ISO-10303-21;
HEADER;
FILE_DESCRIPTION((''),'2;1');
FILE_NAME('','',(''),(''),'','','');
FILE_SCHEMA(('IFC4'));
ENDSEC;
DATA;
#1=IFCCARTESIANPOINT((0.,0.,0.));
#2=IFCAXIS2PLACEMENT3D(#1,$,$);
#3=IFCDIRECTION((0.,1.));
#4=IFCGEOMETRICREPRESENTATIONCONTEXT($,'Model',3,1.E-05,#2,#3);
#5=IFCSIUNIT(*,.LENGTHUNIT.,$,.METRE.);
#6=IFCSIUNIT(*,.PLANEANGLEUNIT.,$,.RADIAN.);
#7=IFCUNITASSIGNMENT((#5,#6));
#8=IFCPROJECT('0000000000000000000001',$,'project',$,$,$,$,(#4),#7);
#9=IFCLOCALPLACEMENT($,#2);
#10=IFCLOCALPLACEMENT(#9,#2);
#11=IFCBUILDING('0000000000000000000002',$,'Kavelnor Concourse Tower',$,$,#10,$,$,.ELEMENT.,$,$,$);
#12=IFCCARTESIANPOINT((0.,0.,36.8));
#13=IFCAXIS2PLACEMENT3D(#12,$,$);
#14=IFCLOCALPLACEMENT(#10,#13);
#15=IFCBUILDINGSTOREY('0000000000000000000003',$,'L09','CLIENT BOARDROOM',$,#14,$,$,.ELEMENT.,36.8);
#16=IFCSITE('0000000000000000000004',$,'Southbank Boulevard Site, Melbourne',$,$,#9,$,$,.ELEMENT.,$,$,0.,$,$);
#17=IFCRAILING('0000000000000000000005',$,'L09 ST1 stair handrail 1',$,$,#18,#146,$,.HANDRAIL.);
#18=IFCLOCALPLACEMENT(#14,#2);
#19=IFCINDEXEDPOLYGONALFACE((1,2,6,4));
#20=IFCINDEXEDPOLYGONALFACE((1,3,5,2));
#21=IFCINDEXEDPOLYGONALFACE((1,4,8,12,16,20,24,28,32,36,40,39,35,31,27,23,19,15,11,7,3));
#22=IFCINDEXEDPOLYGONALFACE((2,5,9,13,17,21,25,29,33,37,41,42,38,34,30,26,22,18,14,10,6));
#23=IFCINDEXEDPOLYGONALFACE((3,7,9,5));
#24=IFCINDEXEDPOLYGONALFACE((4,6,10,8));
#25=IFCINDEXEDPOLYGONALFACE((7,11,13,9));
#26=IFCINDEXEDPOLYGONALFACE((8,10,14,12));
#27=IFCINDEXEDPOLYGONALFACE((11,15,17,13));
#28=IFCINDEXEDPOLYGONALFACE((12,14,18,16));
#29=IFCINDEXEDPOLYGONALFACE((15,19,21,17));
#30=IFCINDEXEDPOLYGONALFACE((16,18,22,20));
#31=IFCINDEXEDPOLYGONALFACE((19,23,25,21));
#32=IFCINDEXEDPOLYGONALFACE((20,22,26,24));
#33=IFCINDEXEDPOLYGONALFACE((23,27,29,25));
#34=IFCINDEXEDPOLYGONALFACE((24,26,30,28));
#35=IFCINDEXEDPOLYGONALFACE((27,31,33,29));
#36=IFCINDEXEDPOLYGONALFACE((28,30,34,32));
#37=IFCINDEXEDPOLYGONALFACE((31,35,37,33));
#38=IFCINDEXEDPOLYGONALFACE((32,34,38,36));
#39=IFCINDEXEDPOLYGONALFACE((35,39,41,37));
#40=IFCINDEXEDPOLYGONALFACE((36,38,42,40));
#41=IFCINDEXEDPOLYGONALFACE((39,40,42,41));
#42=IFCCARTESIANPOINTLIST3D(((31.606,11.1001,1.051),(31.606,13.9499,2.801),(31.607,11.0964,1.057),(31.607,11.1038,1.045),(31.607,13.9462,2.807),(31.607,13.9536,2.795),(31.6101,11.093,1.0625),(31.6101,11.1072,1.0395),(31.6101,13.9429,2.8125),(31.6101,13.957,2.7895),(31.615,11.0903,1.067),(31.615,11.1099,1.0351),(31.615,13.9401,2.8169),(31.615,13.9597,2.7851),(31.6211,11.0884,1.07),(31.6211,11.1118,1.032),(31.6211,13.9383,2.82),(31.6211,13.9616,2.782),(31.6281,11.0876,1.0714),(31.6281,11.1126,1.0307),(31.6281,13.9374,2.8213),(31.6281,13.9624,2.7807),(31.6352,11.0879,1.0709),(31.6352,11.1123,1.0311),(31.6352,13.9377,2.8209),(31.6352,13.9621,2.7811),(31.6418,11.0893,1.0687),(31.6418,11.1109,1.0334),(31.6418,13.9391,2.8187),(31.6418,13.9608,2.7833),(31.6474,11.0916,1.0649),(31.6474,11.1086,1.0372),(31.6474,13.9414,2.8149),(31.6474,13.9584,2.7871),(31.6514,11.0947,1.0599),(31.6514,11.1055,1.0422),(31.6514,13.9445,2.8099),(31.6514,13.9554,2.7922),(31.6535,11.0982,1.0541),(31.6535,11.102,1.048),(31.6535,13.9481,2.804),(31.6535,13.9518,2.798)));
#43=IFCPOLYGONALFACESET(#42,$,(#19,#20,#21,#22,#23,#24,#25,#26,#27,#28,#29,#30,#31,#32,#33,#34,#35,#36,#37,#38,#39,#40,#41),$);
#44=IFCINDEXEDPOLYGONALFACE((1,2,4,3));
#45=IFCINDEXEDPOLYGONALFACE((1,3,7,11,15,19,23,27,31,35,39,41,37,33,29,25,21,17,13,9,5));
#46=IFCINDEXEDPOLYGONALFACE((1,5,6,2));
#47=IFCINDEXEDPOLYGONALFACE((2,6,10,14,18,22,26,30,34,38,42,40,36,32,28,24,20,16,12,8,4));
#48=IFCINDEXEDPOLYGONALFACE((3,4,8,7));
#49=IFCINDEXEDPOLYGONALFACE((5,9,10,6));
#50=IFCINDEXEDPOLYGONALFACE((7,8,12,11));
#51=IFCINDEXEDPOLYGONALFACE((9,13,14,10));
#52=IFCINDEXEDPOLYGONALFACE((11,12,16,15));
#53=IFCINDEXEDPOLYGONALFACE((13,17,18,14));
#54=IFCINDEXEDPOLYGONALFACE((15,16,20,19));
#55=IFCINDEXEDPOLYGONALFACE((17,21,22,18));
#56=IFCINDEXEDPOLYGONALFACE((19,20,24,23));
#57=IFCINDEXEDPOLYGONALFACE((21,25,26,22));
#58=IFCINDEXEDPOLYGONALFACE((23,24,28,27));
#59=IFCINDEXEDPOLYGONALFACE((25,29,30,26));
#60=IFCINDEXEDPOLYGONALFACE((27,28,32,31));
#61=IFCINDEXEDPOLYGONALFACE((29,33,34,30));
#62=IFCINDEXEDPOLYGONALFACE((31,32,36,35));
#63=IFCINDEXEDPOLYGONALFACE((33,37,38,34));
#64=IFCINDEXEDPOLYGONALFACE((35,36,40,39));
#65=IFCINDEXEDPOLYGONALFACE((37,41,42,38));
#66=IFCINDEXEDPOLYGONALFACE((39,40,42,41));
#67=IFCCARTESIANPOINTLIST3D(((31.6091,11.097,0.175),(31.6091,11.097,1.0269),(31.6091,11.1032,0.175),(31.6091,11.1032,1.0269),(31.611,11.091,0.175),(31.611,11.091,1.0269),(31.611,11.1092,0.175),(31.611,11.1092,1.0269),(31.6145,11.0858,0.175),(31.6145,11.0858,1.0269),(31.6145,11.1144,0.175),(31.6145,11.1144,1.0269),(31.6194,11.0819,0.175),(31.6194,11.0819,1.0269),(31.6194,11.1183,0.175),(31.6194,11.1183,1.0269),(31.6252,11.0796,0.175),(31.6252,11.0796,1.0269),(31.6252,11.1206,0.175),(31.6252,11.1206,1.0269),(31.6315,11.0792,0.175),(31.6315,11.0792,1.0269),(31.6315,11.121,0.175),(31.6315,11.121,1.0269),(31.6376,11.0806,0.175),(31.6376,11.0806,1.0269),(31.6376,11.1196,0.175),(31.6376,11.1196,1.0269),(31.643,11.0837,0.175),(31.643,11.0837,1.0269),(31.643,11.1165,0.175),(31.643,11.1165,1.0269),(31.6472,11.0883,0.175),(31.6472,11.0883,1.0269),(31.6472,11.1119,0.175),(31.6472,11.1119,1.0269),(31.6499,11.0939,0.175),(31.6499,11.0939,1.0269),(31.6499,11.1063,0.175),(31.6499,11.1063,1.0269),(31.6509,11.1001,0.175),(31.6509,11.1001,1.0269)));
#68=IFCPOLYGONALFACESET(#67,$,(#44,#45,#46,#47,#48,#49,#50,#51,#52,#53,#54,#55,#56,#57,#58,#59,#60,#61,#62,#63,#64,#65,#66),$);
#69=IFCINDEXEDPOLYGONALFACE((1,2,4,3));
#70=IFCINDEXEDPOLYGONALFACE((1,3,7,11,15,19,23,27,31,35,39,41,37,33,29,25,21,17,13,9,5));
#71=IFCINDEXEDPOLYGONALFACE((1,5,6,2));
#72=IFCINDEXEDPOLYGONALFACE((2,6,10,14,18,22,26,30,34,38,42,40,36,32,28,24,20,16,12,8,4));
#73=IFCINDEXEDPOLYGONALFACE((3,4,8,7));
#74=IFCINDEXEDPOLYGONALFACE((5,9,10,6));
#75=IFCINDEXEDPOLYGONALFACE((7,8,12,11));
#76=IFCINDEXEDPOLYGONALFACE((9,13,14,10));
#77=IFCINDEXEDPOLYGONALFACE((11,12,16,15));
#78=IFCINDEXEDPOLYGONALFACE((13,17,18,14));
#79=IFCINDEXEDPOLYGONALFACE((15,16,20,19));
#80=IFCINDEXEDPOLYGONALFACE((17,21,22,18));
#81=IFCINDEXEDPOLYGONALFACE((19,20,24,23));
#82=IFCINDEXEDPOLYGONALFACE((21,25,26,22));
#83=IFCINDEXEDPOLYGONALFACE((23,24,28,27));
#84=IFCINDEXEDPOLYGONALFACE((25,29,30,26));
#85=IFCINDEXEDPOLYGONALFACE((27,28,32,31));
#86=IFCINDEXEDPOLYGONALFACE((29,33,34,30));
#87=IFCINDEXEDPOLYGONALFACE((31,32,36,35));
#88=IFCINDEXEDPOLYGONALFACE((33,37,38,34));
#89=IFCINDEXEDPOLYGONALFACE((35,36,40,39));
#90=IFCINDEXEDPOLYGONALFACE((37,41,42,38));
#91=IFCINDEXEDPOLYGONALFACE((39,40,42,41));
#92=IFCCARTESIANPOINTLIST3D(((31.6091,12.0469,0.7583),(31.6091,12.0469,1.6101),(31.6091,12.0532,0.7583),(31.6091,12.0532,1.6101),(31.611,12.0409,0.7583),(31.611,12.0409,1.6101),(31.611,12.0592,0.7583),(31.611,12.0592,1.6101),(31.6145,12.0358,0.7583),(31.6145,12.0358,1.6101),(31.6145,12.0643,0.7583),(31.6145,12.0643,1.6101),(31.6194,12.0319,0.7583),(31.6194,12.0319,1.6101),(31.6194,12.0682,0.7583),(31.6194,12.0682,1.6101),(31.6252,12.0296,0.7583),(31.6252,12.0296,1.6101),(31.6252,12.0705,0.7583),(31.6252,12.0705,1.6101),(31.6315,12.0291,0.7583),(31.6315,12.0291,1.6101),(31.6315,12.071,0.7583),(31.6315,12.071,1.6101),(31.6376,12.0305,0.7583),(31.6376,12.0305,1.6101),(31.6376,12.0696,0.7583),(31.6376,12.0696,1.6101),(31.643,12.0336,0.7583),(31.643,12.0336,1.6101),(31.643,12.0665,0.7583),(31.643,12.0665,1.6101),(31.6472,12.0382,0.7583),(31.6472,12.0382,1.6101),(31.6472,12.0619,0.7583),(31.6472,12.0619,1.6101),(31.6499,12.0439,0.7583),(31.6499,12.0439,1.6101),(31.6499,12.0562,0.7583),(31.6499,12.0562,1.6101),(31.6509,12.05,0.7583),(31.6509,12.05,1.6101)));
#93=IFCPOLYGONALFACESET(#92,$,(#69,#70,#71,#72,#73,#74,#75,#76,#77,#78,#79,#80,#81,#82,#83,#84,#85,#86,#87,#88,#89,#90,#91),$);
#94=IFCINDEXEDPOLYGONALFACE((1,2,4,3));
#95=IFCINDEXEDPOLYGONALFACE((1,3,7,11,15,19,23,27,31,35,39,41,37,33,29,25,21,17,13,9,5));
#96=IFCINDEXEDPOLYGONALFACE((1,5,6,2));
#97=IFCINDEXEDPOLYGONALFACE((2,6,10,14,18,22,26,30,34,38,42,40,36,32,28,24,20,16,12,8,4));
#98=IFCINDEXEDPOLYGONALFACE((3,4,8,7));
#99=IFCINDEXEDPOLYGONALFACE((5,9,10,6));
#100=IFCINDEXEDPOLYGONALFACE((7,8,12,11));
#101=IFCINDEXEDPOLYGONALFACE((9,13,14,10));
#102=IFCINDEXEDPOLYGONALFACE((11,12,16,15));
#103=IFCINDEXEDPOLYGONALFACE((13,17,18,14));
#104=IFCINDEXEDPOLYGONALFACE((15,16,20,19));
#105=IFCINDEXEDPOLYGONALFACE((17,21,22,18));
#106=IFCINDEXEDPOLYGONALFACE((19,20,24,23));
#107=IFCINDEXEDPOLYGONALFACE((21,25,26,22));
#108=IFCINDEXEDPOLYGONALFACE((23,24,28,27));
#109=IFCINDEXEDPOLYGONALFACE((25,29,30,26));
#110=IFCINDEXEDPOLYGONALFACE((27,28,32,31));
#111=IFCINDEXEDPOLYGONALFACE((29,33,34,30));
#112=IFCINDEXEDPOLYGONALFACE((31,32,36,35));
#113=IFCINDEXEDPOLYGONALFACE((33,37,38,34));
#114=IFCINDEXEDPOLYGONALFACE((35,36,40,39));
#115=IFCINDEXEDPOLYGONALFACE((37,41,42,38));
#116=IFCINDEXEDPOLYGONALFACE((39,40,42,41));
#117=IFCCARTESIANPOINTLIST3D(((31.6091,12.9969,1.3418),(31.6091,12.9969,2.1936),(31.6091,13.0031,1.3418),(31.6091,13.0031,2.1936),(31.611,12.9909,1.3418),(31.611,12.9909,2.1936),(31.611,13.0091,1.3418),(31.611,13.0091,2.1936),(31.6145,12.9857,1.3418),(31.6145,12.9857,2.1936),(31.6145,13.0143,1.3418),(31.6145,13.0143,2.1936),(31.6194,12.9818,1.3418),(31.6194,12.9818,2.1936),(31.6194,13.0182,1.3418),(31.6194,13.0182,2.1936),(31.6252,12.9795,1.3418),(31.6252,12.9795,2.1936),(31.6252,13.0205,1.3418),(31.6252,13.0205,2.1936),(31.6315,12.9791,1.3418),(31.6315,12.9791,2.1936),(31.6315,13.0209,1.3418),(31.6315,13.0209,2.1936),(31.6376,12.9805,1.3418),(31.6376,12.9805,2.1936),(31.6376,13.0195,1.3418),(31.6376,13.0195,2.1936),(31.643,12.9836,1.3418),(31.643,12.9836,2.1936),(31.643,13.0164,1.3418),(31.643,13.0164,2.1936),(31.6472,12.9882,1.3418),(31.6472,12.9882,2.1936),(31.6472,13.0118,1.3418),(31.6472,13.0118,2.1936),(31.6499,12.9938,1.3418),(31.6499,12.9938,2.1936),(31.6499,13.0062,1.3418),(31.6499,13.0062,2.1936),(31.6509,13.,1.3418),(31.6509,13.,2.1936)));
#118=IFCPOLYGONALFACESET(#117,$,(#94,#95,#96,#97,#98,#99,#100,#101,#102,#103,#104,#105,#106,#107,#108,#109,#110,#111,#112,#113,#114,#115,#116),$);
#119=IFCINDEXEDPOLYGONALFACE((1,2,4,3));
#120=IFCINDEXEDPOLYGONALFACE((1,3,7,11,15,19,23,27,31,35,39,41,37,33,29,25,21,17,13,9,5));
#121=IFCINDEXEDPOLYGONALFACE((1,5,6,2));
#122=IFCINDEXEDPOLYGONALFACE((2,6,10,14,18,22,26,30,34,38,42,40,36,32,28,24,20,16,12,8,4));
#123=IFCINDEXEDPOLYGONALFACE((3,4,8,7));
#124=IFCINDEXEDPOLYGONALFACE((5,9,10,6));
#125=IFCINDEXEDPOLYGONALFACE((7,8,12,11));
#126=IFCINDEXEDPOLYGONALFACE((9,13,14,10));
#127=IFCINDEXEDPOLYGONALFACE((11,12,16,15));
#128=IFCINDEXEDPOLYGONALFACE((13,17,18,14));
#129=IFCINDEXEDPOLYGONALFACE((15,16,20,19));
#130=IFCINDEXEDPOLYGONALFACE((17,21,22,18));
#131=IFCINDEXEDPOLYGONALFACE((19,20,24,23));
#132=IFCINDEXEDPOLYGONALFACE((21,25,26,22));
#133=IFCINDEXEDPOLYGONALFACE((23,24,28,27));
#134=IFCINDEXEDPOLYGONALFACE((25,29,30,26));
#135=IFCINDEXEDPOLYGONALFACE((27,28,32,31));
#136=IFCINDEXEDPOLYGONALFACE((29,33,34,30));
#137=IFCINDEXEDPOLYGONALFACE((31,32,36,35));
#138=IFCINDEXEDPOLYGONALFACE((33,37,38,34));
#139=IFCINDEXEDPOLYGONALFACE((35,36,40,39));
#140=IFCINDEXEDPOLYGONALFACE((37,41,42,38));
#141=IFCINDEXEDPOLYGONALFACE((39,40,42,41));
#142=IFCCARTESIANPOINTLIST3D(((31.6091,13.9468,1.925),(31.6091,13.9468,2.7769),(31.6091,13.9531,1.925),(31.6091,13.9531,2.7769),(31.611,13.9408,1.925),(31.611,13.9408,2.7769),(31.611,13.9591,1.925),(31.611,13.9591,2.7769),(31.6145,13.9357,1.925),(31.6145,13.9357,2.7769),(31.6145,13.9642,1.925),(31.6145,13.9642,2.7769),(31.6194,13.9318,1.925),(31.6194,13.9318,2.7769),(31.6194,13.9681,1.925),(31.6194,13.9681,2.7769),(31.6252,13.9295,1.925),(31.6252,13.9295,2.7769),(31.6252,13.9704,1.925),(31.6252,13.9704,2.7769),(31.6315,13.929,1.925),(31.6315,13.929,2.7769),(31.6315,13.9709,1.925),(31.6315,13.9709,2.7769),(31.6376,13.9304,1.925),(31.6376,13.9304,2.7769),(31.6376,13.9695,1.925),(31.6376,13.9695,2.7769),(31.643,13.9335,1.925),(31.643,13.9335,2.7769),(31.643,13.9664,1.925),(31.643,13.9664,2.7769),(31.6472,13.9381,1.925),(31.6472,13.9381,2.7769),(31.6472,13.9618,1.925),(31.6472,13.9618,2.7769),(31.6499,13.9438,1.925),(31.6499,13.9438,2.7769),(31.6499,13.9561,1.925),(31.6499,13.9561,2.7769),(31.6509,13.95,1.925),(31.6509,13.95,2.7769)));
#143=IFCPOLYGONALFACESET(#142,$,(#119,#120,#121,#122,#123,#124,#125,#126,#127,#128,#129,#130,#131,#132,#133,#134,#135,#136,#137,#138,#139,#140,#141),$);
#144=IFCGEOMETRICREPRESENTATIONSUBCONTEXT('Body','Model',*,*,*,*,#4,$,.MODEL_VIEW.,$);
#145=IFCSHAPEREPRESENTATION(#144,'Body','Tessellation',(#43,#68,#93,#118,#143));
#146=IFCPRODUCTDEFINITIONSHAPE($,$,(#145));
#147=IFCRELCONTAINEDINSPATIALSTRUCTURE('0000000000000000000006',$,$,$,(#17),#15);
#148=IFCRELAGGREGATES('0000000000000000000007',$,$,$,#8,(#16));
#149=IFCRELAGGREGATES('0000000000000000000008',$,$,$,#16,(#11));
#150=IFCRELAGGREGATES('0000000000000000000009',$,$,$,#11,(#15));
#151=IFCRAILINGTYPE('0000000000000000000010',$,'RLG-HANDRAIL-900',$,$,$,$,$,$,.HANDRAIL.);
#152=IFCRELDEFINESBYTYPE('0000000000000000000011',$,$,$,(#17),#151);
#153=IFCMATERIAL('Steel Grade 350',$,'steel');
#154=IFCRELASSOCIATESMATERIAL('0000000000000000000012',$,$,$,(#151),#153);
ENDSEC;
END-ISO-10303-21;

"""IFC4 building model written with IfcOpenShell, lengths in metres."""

from ifc_helpers import new_model, si_unit, direction, frame, origin, origin_2d, place, context, subcontext, project, spatial, circle, extrude, material, type_object, element, save


model = new_model("IFC4")

# Units and contexts
model_context = context("Model", 3, precision=1e-05, world=origin(), true_north=direction((0.0, 1.0)))
body_context = subcontext(model_context, "Body", "Model", "MODEL_VIEW")
ifc_project = project(units=[si_unit("LENGTHUNIT", "METRE"), si_unit("PLANEANGLEUNIT", "RADIAN")], contexts=[model_context])

# Site, building, storey
site_placement = place(None, origin())
site = spatial("IfcSite", under=ifc_project, at=site_placement, Name="Southbank Boulevard Site, Melbourne", CompositionType="ELEMENT", RefElevation=0.0)
building_placement = place(site_placement, origin())
building = spatial("IfcBuilding", under=site, at=building_placement, Name="Kavelnor Concourse Tower", CompositionType="ELEMENT")
storey_placement = place(building_placement, frame((0.0, 0.0, 36.8)))
storey = spatial("IfcBuildingStorey", under=building, at=storey_placement, Name="L09", Description="CLIENT BOARDROOM", CompositionType="ELEMENT", Elevation=36.8)

# Shared definitions
ifc_material_1 = material(Name="Steel Grade 350", Category="steel")

# Railing
railing_type_1 = type_object("IfcRailingType", Name="RLG-HANDRAIL-900", PredefinedType="HANDRAIL", material=ifc_material_1)
railing_1_placement = place(storey_placement, frame((31.6299, 11.1001, 0.175)))
element("IfcRailing", 1, at=railing_1_placement, inside=storey, type_object=railing_type_1, Name="L09 ST1 stair handrail 1", PredefinedType="HANDRAIL", context=body_context, shape_type="SweptSolid", body=[
    extrude(circle(Radius=0.0239, at=origin_2d()), frame((0.0, 0.0, 0.876), z_axis=(0.0, 0.852159, 0.523283), x_axis=(-1.0, 0.0, 0.0)), (0.0, 0.0, 1.0), 3.3442),
    extrude(circle(Radius=0.021, at=origin_2d()), origin(), (0.0, 0.0, 1.0), 0.8518),
    extrude(circle(Radius=0.021, at=origin_2d()), frame((0.0, 0.95, 0.5833)), (0.0, 0.0, 1.0), 0.8518),
    extrude(circle(Radius=0.021, at=origin_2d()), frame((0.0, 1.8999, 1.1667)), (0.0, 0.0, 1.0), 0.8518),
    extrude(circle(Radius=0.021, at=origin_2d()), frame((0.0, 2.8499, 1.75)), (0.0, 0.0, 1.0), 0.8518),
])

save(model, "model.ifc")
